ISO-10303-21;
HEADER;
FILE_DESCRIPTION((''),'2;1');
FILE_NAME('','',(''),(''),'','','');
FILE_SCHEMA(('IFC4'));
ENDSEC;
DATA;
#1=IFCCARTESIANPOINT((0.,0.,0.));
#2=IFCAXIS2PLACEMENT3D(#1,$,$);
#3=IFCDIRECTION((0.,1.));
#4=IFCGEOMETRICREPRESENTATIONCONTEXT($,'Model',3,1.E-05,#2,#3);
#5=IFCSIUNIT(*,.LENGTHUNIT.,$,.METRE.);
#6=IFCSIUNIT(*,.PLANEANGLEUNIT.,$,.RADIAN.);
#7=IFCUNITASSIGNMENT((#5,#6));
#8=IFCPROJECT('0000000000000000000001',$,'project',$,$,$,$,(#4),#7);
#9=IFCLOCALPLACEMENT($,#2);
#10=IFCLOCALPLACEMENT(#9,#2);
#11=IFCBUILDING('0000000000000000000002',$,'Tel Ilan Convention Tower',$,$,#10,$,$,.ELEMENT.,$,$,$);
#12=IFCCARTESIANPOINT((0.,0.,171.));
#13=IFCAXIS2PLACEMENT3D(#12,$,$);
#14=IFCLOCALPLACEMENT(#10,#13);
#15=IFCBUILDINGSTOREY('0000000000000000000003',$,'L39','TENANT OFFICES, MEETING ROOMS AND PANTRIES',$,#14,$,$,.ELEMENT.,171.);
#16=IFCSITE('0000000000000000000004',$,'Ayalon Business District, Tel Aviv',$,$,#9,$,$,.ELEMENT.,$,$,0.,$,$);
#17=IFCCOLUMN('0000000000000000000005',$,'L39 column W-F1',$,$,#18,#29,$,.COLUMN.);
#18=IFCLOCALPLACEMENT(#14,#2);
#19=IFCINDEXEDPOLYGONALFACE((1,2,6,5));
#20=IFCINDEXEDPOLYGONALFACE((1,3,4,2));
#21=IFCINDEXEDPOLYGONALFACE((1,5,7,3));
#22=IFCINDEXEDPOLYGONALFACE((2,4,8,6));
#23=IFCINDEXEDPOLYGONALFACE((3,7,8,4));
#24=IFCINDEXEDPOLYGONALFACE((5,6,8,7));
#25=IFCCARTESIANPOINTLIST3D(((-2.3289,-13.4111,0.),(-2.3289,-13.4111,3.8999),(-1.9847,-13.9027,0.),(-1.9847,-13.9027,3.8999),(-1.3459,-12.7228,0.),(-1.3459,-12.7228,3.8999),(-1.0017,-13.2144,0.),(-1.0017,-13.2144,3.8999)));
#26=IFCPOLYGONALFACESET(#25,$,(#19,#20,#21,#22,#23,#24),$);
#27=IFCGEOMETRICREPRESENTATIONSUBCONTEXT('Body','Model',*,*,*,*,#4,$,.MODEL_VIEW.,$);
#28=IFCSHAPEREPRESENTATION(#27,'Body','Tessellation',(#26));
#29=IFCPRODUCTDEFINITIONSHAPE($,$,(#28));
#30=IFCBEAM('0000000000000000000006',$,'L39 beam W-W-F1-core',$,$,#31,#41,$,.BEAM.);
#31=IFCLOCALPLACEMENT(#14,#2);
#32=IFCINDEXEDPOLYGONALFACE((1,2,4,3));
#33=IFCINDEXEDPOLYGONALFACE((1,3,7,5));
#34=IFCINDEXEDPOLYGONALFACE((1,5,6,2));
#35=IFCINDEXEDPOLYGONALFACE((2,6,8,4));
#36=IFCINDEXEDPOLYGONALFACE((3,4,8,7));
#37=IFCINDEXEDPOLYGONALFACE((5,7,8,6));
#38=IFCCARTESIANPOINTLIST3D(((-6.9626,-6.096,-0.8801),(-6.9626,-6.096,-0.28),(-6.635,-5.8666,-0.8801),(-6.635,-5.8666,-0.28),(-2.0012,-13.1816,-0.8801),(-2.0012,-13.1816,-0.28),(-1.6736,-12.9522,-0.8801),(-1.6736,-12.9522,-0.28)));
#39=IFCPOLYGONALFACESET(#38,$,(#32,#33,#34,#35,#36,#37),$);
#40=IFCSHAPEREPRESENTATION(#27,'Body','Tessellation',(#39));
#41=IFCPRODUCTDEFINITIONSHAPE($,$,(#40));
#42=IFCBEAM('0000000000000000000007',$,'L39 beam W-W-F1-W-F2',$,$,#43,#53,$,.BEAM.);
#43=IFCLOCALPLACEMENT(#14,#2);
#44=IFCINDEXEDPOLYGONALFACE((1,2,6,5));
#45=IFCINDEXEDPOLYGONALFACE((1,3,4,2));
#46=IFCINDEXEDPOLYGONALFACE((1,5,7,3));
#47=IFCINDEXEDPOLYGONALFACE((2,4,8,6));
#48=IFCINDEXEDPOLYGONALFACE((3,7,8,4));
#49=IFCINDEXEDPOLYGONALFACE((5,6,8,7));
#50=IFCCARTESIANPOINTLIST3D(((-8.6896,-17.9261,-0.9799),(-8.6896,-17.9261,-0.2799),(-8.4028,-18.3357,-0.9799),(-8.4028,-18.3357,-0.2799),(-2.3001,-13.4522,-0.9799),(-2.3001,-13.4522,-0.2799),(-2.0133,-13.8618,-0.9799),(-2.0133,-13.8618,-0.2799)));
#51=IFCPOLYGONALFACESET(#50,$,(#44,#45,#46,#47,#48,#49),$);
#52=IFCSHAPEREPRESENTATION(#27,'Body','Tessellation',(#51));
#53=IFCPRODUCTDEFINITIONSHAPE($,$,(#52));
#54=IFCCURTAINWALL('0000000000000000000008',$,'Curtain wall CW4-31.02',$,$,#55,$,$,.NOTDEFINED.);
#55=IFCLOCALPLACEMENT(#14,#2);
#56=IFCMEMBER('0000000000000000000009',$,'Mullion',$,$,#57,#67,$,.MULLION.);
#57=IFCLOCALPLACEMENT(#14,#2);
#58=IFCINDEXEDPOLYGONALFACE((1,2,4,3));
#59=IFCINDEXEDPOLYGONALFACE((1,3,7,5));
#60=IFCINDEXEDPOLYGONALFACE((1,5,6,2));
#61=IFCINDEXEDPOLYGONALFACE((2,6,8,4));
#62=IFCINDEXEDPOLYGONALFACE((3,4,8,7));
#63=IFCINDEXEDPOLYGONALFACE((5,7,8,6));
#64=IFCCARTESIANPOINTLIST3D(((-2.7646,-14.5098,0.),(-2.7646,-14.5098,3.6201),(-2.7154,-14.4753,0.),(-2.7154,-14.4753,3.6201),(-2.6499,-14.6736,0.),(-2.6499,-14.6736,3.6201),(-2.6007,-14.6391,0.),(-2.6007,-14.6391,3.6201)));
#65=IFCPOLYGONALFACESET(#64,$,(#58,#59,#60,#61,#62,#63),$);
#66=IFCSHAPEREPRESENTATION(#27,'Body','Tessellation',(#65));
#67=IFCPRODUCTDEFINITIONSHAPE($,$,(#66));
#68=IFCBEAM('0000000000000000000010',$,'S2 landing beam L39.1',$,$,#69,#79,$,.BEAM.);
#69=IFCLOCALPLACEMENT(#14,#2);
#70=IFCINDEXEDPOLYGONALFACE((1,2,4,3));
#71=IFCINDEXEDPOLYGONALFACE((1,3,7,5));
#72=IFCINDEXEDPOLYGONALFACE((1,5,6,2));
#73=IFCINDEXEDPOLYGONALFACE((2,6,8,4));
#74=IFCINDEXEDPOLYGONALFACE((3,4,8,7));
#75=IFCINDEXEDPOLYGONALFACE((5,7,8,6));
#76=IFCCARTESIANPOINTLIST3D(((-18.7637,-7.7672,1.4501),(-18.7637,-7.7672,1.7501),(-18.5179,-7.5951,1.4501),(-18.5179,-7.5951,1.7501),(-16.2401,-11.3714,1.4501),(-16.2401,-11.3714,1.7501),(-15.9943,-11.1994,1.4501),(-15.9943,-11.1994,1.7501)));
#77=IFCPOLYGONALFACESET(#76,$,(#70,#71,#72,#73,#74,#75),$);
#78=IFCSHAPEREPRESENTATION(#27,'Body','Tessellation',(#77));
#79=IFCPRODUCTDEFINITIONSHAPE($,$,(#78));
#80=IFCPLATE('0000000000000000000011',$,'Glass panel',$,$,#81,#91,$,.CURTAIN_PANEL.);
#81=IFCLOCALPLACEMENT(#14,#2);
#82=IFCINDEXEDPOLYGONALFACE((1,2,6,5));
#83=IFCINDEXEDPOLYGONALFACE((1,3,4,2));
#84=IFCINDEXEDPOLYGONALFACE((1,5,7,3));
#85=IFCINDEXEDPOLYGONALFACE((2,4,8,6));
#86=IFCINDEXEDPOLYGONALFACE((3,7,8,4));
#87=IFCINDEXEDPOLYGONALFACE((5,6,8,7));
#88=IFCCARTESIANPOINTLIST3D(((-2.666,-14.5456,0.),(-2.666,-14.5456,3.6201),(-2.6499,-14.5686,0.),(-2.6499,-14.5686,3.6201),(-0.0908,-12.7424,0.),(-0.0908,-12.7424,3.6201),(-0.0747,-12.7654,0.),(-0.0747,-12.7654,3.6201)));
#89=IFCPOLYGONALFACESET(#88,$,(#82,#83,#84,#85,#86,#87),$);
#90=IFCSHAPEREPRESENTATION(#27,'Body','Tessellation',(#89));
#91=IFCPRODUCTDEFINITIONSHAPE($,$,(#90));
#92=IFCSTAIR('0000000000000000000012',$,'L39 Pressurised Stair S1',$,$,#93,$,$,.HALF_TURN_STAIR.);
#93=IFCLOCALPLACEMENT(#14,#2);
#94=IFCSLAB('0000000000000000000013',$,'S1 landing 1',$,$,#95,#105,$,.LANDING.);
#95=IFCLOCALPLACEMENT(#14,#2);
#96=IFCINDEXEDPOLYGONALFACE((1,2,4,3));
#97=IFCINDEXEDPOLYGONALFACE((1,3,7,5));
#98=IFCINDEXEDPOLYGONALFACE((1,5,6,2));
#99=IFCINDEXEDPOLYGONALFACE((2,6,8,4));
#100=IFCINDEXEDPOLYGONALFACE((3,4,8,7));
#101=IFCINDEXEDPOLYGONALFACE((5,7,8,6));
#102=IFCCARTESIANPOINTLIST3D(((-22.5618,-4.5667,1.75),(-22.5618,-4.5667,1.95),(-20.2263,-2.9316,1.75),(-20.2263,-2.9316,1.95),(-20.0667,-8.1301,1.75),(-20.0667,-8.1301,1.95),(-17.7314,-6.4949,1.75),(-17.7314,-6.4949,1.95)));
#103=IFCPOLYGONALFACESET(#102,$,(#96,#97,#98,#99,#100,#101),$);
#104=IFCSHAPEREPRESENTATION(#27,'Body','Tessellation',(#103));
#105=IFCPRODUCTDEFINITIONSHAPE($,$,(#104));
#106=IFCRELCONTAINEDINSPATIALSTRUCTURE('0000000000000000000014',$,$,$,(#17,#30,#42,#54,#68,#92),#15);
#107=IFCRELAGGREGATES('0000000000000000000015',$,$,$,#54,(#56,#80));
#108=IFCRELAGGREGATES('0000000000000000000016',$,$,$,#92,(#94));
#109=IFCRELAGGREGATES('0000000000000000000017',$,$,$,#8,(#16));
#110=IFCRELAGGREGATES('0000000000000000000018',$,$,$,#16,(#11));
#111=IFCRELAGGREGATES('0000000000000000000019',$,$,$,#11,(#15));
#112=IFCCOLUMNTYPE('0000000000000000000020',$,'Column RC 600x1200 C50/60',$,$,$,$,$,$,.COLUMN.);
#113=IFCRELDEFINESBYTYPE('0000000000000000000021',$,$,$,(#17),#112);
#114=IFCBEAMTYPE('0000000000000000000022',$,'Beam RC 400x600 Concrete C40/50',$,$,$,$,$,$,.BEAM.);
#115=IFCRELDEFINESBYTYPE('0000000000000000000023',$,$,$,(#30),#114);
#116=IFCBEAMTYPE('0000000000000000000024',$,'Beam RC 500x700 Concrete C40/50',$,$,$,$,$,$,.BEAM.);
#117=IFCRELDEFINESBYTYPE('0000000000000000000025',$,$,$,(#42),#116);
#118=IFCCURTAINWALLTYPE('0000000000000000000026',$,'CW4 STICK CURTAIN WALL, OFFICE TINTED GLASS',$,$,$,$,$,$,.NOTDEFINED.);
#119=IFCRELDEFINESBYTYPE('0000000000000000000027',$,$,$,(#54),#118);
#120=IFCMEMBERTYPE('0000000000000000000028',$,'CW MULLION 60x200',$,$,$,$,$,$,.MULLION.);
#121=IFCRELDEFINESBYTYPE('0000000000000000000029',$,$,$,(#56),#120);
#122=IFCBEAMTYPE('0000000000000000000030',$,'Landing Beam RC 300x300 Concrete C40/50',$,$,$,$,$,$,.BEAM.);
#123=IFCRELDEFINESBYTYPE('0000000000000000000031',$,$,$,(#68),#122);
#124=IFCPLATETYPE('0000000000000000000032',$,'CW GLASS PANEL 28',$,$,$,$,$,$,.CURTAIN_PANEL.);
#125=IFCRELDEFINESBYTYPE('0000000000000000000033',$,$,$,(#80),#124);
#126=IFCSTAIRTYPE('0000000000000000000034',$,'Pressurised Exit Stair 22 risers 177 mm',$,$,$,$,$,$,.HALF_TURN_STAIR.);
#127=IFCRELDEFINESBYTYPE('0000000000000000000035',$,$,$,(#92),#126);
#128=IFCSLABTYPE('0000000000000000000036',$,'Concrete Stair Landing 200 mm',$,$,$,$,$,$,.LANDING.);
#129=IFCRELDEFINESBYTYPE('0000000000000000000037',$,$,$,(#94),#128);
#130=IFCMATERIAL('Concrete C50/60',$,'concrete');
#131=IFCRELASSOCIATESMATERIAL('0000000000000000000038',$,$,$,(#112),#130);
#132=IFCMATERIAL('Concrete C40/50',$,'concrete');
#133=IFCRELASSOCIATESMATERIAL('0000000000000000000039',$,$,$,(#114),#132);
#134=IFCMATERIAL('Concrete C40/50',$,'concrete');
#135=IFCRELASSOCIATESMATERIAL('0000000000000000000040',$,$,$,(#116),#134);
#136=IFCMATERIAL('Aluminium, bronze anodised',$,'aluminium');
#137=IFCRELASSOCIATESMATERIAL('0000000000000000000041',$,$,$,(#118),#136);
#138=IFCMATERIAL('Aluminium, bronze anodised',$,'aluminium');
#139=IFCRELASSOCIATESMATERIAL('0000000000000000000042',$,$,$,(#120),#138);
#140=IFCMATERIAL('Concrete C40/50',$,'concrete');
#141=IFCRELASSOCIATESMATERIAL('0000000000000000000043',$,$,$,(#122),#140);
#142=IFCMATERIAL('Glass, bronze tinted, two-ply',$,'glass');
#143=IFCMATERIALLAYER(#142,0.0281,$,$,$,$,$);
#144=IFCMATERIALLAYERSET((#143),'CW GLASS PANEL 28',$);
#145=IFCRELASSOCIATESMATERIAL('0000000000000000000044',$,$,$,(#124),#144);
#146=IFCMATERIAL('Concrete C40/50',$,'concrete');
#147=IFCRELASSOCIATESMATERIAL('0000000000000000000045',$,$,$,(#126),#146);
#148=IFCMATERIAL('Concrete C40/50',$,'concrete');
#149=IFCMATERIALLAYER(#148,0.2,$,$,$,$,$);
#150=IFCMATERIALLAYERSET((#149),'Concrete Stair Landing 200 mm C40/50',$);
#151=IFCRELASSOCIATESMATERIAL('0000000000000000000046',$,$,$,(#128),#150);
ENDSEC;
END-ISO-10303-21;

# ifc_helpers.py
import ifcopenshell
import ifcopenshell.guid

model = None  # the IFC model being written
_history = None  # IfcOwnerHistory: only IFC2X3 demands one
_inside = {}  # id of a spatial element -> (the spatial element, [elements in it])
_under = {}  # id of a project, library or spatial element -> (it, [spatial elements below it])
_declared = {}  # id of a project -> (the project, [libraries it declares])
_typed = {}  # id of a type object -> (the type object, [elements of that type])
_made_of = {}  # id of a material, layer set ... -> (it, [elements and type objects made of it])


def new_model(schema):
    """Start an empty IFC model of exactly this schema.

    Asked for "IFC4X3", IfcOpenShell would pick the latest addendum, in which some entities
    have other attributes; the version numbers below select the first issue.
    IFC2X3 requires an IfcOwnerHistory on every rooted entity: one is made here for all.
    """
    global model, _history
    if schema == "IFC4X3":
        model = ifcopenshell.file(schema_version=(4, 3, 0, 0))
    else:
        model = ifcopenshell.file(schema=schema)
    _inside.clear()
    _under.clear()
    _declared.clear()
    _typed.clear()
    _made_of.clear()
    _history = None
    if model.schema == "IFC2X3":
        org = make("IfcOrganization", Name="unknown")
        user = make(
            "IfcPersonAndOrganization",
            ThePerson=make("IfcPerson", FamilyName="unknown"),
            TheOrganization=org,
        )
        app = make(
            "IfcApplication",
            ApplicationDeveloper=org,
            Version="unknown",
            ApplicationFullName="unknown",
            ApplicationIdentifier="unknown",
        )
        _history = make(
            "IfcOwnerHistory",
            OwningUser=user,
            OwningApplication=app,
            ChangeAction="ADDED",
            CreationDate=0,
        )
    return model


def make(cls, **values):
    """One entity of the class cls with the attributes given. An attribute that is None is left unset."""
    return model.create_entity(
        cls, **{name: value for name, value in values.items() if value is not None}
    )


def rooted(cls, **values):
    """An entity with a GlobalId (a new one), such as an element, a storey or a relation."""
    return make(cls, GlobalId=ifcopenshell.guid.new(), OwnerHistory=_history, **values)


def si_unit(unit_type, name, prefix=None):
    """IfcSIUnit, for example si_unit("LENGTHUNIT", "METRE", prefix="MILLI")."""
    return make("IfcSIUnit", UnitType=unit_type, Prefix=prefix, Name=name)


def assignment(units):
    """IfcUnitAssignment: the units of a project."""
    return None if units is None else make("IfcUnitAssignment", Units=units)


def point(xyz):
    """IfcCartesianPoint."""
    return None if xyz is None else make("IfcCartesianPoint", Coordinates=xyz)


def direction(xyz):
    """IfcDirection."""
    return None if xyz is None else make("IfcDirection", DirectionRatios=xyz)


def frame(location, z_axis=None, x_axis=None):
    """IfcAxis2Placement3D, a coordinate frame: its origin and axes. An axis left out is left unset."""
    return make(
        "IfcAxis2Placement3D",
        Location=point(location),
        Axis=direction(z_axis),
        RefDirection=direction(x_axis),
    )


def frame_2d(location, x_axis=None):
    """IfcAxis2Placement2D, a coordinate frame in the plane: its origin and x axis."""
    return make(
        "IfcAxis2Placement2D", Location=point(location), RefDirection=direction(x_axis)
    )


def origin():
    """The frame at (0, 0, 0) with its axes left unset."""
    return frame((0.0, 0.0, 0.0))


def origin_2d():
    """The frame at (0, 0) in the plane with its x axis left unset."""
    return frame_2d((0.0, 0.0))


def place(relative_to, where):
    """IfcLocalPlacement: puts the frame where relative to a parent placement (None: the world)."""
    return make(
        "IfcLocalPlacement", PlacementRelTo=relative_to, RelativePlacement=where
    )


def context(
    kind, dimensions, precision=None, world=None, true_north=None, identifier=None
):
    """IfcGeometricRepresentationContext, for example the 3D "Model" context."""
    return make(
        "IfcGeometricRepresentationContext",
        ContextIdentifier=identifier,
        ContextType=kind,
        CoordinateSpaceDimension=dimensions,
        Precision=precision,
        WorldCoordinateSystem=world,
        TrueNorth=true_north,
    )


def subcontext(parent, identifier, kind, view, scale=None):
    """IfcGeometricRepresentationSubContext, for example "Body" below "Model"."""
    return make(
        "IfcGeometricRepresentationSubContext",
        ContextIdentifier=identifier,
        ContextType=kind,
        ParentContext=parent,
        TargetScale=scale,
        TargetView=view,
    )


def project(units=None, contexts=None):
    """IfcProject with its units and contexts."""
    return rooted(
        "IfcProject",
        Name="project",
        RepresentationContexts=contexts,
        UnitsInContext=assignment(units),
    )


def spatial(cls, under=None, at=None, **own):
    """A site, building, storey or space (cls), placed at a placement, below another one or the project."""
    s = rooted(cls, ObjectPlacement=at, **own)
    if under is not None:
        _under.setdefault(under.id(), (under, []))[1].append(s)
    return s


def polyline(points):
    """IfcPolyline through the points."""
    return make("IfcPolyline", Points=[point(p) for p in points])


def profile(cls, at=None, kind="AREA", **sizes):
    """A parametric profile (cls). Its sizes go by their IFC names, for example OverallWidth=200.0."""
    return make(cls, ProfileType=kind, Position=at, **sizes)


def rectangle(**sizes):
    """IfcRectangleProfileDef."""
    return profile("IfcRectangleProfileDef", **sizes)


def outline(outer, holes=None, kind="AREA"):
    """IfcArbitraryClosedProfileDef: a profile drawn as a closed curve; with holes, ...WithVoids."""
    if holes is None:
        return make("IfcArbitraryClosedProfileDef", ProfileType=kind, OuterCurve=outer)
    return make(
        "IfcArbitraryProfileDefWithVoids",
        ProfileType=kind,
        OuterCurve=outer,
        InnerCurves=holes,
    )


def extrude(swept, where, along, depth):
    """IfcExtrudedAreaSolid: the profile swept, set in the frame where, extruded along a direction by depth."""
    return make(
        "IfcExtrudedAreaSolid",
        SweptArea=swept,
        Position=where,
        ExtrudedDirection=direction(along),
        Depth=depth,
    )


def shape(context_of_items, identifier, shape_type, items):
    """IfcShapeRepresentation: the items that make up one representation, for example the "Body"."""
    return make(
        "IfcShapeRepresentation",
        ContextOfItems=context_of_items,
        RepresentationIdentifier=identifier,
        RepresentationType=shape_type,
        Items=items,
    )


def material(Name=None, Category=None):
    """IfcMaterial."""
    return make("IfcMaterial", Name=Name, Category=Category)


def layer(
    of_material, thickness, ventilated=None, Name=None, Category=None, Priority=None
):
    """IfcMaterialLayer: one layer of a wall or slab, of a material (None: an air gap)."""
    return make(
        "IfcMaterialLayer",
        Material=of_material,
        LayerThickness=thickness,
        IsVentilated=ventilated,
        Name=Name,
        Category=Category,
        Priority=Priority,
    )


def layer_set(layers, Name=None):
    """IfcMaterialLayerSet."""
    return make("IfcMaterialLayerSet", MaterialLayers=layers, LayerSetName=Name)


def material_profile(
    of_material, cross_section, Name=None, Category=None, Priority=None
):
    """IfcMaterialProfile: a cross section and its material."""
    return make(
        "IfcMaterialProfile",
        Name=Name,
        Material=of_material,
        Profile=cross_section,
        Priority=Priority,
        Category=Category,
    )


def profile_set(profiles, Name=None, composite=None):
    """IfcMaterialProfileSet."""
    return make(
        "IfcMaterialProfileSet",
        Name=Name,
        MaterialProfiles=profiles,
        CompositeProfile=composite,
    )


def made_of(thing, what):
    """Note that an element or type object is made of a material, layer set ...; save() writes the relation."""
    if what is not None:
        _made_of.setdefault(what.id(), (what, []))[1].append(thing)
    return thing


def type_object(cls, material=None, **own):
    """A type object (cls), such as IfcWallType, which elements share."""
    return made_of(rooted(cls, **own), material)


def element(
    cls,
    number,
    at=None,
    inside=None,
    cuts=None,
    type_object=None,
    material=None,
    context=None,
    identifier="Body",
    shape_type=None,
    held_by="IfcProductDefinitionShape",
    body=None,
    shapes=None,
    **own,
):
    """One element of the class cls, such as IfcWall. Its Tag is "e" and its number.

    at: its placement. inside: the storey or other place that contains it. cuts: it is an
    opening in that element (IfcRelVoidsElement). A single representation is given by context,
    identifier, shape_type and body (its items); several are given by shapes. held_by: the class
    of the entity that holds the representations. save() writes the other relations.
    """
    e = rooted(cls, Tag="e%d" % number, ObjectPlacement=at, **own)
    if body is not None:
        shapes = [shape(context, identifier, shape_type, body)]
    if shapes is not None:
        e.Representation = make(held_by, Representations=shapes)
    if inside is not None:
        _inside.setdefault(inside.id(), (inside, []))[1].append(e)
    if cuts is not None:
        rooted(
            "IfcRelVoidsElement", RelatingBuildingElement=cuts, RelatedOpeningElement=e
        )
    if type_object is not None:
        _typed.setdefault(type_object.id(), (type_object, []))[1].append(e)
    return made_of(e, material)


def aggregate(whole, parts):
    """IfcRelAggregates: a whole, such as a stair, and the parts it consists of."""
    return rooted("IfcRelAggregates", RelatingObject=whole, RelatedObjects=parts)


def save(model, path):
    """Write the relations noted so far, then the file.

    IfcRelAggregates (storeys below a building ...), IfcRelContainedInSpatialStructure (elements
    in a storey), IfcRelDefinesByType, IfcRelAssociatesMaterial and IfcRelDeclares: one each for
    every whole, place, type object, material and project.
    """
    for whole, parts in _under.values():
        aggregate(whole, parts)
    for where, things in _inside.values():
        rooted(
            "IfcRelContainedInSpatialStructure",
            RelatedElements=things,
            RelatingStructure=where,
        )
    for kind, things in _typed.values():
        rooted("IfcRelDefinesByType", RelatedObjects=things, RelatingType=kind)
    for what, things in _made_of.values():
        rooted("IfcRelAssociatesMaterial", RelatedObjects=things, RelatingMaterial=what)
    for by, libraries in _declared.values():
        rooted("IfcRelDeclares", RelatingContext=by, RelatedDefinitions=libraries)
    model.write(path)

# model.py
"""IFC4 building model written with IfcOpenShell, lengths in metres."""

from ifc_helpers import new_model, si_unit, direction, frame, origin, origin_2d, place, context, subcontext, project, spatial, polyline, rectangle, outline, extrude, material, layer, layer_set, material_profile, profile_set, type_object, element, aggregate, save


model = new_model("IFC4")

# Units and contexts
model_context = context("Model", 3, precision=1e-05, world=origin(), true_north=direction((0.0, 1.0)))
body_context = subcontext(model_context, "Body", "Model", "MODEL_VIEW")
ifc_project = project(units=[si_unit("LENGTHUNIT", "METRE"), si_unit("PLANEANGLEUNIT", "RADIAN")], contexts=[model_context])

# Site, building, storey
site_placement = place(None, origin())
site = spatial("IfcSite", under=ifc_project, at=site_placement, Name="Ayalon Business District, Tel Aviv", CompositionType="ELEMENT", RefElevation=0.0)
building_placement = place(site_placement, origin())
building = spatial("IfcBuilding", under=site, at=building_placement, Name="Tel Ilan Convention Tower", CompositionType="ELEMENT")
storey_placement = place(building_placement, frame((0.0, 0.0, 171.0)))
storey = spatial("IfcBuildingStorey", under=building, at=storey_placement, Name="L39", Description="TENANT OFFICES, MEETING ROOMS AND PANTRIES", CompositionType="ELEMENT", Elevation=171.0)

# Column
ifc_material_1 = material(Name="Concrete C50/60", Category="concrete")
ifc_material_profile_1 = material_profile(ifc_material_1, rectangle(XDim=1.2, YDim=0.6001, at=origin_2d()), Name="RC 600x1200")
ifc_profile_set_1 = profile_set([ifc_material_profile_1], Name="Concrete C50/60")
column_type = type_object("IfcColumnType", Name="Column RC 600x1200 C50/60", PredefinedType="COLUMN", material=ifc_profile_set_1)
column_placement = place(storey_placement, frame((-1.6653, -13.3127, 0.0), z_axis=(0.0, 0.0, 1.0), x_axis=(-0.819152, -0.573576, 0.0)))
element("IfcColumn", 1, at=column_placement, inside=storey, type_object=column_type, Name="L39 column W-F1", PredefinedType="COLUMN", context=body_context, shape_type="SweptSolid", body=[
    extrude(rectangle(XDim=1.2, YDim=0.6001, at=origin_2d()), origin(), (0.0, 0.0, 1.0), 3.8999),
])

# Beams
ifc_material_2 = material(Name="Concrete C40/50", Category="concrete")
ifc_material_profile_2 = material_profile(ifc_material_2, rectangle(XDim=0.3999, YDim=0.6001, at=origin_2d()), Name="RC 400x600")
ifc_profile_set_2 = profile_set([ifc_material_profile_2], Name="Concrete C40/50")
beam_type_1 = type_object("IfcBeamType", Name="Beam RC 400x600 Concrete C40/50", PredefinedType="BEAM", material=ifc_profile_set_2)
beam_1_placement = place(storey_placement, frame((-1.8374, -13.0669, -0.5801), z_axis=(-0.573574, 0.819154, 0.0), x_axis=(-0.819154, -0.573574, 0.0)))
element("IfcBeam", 2, at=beam_1_placement, inside=storey, type_object=beam_type_1, Name="L39 beam W-W-F1-core", PredefinedType="BEAM", context=body_context, shape_type="SweptSolid", body=[
    extrude(rectangle(XDim=0.3999, YDim=0.6001, at=origin_2d()), origin(), (0.0, 0.0, 1.0), 8.6499),
])
ifc_material_3 = material(Name="Concrete C40/50", Category="concrete")
ifc_material_profile_3 = material_profile(ifc_material_3, rectangle(XDim=0.5, YDim=0.7, at=origin_2d()), Name="RC 500x700")
ifc_profile_set_3 = profile_set([ifc_material_profile_3], Name="Concrete C40/50")
beam_type_2 = type_object("IfcBeamType", Name="Beam RC 500x700 Concrete C40/50", PredefinedType="BEAM", material=ifc_profile_set_3)
beam_2_placement = place(storey_placement, frame((-2.1567, -13.657, -0.6299), z_axis=(-0.819154, -0.573574, 0.0), x_axis=(0.573574, -0.819154, 0.0)))
element("IfcBeam", 3, at=beam_2_placement, inside=storey, type_object=beam_type_2, Name="L39 beam W-W-F1-W-F2", PredefinedType="BEAM", context=body_context, shape_type="SweptSolid", body=[
    extrude(rectangle(XDim=0.5, YDim=0.7, at=origin_2d()), origin(), (0.0, 0.0, 1.0), 7.8),
])

# Curtain wall, member
ifc_material_4 = material(Name="Aluminium, bronze anodised", Category="aluminium")
curtain_wall_type = type_object("IfcCurtainWallType", Name="CW4 STICK CURTAIN WALL, OFFICE TINTED GLASS", PredefinedType="NOTDEFINED", material=ifc_material_4)
curtain_wall_placement = place(storey_placement, origin())
curtain_wall = element("IfcCurtainWall", 4, at=curtain_wall_placement, inside=storey, type_object=curtain_wall_type, Name="Curtain wall CW4-31.02", PredefinedType="NOTDEFINED")
ifc_material_5 = material(Name="Aluminium, bronze anodised", Category="aluminium")
ifc_material_profile_4 = material_profile(ifc_material_5, rectangle(XDim=0.0601, YDim=0.2, at=origin_2d()), Name="CW MULLION 60x200")
ifc_profile_set_4 = profile_set([ifc_material_profile_4], Name="Aluminium, bronze anodised")
member_type = type_object("IfcMemberType", Name="CW MULLION 60x200", PredefinedType="MULLION", material=ifc_profile_set_4)
member_placement = place(storey_placement, frame((-2.6826, -14.5745, 0.0), z_axis=(0.0, 0.0, 1.0), x_axis=(0.819152, 0.573576, 0.0)))
member = element("IfcMember", 5, at=member_placement, type_object=member_type, Name="Mullion", PredefinedType="MULLION", context=body_context, shape_type="SweptSolid", body=[
    extrude(rectangle(XDim=0.0601, YDim=0.2, at=origin_2d()), origin(), (0.0, 0.0, 1.0), 3.6201),
])

# Beam
ifc_material_6 = material(Name="Concrete C40/50", Category="concrete")
ifc_material_profile_5 = material_profile(ifc_material_6, rectangle(XDim=0.3, YDim=0.3, at=origin_2d()), Name="RC 300x300")
ifc_profile_set_5 = profile_set([ifc_material_profile_5], Name="Concrete C40/50")
beam_type_3 = type_object("IfcBeamType", Name="Landing Beam RC 300x300 Concrete C40/50", PredefinedType="BEAM", material=ifc_profile_set_5)
beam_3_placement = place(storey_placement, frame((-16.1172, -11.2854, 1.6001), z_axis=(-0.57357, 0.819156, 0.0), x_axis=(-0.819156, -0.57357, 0.0)))
element("IfcBeam", 6, at=beam_3_placement, inside=storey, type_object=beam_type_3, Name="S2 landing beam L39.1", PredefinedType="BEAM", context=body_context, shape_type="SweptSolid", body=[
    extrude(rectangle(XDim=0.3, YDim=0.3, at=origin_2d()), origin(), (0.0, 0.0, 1.0), 4.3999),
])

# Plate
ifc_material_7 = material(Name="Glass, bronze tinted, two-ply", Category="glass")
ifc_layer_1 = layer(ifc_material_7, 0.0281)
ifc_layer_set_1 = layer_set([ifc_layer_1], Name="CW GLASS PANEL 28")
plate_type = type_object("IfcPlateType", Name="CW GLASS PANEL 28", PredefinedType="CURTAIN_PANEL", material=ifc_layer_set_1)
plate_placement = place(storey_placement, frame((-1.3704, -13.6555, 0.0), z_axis=(0.0, 0.0, 1.0), x_axis=(0.819152, 0.573576, 0.0)))
plate = element("IfcPlate", 7, at=plate_placement, type_object=plate_type, Name="Glass panel", PredefinedType="CURTAIN_PANEL", context=body_context, shape_type="SweptSolid", body=[
    extrude(rectangle(XDim=3.1438, YDim=0.0281, at=origin_2d()), origin(), (0.0, 0.0, 1.0), 3.6201),
])
aggregate(curtain_wall, [member, plate])

# Stair, slab
ifc_material_8 = material(Name="Concrete C40/50", Category="concrete")
stair_type = type_object("IfcStairType", Name="Pressurised Exit Stair 22 risers 177 mm", PredefinedType="HALF_TURN_STAIR", material=ifc_material_8)
stair_placement = place(storey_placement, origin())
stair = element("IfcStair", 8, at=stair_placement, inside=storey, type_object=stair_type, Name="L39 Pressurised Stair S1", PredefinedType="HALF_TURN_STAIR")
ifc_material_9 = material(Name="Concrete C40/50", Category="concrete")
ifc_layer_2 = layer(ifc_material_9, 0.2)
ifc_layer_set_2 = layer_set([ifc_layer_2], Name="Concrete Stair Landing 200 mm C40/50")
slab_type_1 = type_object("IfcSlabType", Name="Concrete Stair Landing 200 mm", PredefinedType="LANDING", material=ifc_layer_set_2)
slab_1_placement = place(storey_placement, frame((0.0, 0.0, 1.75)))
slab_1 = element("IfcSlab", 9, at=slab_1_placement, type_object=slab_type_1, Name="S1 landing 1", PredefinedType="LANDING", context=body_context, shape_type="SweptSolid", body=[
    extrude(outline(polyline([(-20.0667, -8.1301), (-17.7314, -6.4949), (-20.2263, -2.9316), (-22.5618, -4.5667), (-20.0667, -8.1301)])), origin(), (0.0, 0.0, 1.0), 0.2),
])
aggregate(stair, [slab_1])

save(model, "model.ifc")
